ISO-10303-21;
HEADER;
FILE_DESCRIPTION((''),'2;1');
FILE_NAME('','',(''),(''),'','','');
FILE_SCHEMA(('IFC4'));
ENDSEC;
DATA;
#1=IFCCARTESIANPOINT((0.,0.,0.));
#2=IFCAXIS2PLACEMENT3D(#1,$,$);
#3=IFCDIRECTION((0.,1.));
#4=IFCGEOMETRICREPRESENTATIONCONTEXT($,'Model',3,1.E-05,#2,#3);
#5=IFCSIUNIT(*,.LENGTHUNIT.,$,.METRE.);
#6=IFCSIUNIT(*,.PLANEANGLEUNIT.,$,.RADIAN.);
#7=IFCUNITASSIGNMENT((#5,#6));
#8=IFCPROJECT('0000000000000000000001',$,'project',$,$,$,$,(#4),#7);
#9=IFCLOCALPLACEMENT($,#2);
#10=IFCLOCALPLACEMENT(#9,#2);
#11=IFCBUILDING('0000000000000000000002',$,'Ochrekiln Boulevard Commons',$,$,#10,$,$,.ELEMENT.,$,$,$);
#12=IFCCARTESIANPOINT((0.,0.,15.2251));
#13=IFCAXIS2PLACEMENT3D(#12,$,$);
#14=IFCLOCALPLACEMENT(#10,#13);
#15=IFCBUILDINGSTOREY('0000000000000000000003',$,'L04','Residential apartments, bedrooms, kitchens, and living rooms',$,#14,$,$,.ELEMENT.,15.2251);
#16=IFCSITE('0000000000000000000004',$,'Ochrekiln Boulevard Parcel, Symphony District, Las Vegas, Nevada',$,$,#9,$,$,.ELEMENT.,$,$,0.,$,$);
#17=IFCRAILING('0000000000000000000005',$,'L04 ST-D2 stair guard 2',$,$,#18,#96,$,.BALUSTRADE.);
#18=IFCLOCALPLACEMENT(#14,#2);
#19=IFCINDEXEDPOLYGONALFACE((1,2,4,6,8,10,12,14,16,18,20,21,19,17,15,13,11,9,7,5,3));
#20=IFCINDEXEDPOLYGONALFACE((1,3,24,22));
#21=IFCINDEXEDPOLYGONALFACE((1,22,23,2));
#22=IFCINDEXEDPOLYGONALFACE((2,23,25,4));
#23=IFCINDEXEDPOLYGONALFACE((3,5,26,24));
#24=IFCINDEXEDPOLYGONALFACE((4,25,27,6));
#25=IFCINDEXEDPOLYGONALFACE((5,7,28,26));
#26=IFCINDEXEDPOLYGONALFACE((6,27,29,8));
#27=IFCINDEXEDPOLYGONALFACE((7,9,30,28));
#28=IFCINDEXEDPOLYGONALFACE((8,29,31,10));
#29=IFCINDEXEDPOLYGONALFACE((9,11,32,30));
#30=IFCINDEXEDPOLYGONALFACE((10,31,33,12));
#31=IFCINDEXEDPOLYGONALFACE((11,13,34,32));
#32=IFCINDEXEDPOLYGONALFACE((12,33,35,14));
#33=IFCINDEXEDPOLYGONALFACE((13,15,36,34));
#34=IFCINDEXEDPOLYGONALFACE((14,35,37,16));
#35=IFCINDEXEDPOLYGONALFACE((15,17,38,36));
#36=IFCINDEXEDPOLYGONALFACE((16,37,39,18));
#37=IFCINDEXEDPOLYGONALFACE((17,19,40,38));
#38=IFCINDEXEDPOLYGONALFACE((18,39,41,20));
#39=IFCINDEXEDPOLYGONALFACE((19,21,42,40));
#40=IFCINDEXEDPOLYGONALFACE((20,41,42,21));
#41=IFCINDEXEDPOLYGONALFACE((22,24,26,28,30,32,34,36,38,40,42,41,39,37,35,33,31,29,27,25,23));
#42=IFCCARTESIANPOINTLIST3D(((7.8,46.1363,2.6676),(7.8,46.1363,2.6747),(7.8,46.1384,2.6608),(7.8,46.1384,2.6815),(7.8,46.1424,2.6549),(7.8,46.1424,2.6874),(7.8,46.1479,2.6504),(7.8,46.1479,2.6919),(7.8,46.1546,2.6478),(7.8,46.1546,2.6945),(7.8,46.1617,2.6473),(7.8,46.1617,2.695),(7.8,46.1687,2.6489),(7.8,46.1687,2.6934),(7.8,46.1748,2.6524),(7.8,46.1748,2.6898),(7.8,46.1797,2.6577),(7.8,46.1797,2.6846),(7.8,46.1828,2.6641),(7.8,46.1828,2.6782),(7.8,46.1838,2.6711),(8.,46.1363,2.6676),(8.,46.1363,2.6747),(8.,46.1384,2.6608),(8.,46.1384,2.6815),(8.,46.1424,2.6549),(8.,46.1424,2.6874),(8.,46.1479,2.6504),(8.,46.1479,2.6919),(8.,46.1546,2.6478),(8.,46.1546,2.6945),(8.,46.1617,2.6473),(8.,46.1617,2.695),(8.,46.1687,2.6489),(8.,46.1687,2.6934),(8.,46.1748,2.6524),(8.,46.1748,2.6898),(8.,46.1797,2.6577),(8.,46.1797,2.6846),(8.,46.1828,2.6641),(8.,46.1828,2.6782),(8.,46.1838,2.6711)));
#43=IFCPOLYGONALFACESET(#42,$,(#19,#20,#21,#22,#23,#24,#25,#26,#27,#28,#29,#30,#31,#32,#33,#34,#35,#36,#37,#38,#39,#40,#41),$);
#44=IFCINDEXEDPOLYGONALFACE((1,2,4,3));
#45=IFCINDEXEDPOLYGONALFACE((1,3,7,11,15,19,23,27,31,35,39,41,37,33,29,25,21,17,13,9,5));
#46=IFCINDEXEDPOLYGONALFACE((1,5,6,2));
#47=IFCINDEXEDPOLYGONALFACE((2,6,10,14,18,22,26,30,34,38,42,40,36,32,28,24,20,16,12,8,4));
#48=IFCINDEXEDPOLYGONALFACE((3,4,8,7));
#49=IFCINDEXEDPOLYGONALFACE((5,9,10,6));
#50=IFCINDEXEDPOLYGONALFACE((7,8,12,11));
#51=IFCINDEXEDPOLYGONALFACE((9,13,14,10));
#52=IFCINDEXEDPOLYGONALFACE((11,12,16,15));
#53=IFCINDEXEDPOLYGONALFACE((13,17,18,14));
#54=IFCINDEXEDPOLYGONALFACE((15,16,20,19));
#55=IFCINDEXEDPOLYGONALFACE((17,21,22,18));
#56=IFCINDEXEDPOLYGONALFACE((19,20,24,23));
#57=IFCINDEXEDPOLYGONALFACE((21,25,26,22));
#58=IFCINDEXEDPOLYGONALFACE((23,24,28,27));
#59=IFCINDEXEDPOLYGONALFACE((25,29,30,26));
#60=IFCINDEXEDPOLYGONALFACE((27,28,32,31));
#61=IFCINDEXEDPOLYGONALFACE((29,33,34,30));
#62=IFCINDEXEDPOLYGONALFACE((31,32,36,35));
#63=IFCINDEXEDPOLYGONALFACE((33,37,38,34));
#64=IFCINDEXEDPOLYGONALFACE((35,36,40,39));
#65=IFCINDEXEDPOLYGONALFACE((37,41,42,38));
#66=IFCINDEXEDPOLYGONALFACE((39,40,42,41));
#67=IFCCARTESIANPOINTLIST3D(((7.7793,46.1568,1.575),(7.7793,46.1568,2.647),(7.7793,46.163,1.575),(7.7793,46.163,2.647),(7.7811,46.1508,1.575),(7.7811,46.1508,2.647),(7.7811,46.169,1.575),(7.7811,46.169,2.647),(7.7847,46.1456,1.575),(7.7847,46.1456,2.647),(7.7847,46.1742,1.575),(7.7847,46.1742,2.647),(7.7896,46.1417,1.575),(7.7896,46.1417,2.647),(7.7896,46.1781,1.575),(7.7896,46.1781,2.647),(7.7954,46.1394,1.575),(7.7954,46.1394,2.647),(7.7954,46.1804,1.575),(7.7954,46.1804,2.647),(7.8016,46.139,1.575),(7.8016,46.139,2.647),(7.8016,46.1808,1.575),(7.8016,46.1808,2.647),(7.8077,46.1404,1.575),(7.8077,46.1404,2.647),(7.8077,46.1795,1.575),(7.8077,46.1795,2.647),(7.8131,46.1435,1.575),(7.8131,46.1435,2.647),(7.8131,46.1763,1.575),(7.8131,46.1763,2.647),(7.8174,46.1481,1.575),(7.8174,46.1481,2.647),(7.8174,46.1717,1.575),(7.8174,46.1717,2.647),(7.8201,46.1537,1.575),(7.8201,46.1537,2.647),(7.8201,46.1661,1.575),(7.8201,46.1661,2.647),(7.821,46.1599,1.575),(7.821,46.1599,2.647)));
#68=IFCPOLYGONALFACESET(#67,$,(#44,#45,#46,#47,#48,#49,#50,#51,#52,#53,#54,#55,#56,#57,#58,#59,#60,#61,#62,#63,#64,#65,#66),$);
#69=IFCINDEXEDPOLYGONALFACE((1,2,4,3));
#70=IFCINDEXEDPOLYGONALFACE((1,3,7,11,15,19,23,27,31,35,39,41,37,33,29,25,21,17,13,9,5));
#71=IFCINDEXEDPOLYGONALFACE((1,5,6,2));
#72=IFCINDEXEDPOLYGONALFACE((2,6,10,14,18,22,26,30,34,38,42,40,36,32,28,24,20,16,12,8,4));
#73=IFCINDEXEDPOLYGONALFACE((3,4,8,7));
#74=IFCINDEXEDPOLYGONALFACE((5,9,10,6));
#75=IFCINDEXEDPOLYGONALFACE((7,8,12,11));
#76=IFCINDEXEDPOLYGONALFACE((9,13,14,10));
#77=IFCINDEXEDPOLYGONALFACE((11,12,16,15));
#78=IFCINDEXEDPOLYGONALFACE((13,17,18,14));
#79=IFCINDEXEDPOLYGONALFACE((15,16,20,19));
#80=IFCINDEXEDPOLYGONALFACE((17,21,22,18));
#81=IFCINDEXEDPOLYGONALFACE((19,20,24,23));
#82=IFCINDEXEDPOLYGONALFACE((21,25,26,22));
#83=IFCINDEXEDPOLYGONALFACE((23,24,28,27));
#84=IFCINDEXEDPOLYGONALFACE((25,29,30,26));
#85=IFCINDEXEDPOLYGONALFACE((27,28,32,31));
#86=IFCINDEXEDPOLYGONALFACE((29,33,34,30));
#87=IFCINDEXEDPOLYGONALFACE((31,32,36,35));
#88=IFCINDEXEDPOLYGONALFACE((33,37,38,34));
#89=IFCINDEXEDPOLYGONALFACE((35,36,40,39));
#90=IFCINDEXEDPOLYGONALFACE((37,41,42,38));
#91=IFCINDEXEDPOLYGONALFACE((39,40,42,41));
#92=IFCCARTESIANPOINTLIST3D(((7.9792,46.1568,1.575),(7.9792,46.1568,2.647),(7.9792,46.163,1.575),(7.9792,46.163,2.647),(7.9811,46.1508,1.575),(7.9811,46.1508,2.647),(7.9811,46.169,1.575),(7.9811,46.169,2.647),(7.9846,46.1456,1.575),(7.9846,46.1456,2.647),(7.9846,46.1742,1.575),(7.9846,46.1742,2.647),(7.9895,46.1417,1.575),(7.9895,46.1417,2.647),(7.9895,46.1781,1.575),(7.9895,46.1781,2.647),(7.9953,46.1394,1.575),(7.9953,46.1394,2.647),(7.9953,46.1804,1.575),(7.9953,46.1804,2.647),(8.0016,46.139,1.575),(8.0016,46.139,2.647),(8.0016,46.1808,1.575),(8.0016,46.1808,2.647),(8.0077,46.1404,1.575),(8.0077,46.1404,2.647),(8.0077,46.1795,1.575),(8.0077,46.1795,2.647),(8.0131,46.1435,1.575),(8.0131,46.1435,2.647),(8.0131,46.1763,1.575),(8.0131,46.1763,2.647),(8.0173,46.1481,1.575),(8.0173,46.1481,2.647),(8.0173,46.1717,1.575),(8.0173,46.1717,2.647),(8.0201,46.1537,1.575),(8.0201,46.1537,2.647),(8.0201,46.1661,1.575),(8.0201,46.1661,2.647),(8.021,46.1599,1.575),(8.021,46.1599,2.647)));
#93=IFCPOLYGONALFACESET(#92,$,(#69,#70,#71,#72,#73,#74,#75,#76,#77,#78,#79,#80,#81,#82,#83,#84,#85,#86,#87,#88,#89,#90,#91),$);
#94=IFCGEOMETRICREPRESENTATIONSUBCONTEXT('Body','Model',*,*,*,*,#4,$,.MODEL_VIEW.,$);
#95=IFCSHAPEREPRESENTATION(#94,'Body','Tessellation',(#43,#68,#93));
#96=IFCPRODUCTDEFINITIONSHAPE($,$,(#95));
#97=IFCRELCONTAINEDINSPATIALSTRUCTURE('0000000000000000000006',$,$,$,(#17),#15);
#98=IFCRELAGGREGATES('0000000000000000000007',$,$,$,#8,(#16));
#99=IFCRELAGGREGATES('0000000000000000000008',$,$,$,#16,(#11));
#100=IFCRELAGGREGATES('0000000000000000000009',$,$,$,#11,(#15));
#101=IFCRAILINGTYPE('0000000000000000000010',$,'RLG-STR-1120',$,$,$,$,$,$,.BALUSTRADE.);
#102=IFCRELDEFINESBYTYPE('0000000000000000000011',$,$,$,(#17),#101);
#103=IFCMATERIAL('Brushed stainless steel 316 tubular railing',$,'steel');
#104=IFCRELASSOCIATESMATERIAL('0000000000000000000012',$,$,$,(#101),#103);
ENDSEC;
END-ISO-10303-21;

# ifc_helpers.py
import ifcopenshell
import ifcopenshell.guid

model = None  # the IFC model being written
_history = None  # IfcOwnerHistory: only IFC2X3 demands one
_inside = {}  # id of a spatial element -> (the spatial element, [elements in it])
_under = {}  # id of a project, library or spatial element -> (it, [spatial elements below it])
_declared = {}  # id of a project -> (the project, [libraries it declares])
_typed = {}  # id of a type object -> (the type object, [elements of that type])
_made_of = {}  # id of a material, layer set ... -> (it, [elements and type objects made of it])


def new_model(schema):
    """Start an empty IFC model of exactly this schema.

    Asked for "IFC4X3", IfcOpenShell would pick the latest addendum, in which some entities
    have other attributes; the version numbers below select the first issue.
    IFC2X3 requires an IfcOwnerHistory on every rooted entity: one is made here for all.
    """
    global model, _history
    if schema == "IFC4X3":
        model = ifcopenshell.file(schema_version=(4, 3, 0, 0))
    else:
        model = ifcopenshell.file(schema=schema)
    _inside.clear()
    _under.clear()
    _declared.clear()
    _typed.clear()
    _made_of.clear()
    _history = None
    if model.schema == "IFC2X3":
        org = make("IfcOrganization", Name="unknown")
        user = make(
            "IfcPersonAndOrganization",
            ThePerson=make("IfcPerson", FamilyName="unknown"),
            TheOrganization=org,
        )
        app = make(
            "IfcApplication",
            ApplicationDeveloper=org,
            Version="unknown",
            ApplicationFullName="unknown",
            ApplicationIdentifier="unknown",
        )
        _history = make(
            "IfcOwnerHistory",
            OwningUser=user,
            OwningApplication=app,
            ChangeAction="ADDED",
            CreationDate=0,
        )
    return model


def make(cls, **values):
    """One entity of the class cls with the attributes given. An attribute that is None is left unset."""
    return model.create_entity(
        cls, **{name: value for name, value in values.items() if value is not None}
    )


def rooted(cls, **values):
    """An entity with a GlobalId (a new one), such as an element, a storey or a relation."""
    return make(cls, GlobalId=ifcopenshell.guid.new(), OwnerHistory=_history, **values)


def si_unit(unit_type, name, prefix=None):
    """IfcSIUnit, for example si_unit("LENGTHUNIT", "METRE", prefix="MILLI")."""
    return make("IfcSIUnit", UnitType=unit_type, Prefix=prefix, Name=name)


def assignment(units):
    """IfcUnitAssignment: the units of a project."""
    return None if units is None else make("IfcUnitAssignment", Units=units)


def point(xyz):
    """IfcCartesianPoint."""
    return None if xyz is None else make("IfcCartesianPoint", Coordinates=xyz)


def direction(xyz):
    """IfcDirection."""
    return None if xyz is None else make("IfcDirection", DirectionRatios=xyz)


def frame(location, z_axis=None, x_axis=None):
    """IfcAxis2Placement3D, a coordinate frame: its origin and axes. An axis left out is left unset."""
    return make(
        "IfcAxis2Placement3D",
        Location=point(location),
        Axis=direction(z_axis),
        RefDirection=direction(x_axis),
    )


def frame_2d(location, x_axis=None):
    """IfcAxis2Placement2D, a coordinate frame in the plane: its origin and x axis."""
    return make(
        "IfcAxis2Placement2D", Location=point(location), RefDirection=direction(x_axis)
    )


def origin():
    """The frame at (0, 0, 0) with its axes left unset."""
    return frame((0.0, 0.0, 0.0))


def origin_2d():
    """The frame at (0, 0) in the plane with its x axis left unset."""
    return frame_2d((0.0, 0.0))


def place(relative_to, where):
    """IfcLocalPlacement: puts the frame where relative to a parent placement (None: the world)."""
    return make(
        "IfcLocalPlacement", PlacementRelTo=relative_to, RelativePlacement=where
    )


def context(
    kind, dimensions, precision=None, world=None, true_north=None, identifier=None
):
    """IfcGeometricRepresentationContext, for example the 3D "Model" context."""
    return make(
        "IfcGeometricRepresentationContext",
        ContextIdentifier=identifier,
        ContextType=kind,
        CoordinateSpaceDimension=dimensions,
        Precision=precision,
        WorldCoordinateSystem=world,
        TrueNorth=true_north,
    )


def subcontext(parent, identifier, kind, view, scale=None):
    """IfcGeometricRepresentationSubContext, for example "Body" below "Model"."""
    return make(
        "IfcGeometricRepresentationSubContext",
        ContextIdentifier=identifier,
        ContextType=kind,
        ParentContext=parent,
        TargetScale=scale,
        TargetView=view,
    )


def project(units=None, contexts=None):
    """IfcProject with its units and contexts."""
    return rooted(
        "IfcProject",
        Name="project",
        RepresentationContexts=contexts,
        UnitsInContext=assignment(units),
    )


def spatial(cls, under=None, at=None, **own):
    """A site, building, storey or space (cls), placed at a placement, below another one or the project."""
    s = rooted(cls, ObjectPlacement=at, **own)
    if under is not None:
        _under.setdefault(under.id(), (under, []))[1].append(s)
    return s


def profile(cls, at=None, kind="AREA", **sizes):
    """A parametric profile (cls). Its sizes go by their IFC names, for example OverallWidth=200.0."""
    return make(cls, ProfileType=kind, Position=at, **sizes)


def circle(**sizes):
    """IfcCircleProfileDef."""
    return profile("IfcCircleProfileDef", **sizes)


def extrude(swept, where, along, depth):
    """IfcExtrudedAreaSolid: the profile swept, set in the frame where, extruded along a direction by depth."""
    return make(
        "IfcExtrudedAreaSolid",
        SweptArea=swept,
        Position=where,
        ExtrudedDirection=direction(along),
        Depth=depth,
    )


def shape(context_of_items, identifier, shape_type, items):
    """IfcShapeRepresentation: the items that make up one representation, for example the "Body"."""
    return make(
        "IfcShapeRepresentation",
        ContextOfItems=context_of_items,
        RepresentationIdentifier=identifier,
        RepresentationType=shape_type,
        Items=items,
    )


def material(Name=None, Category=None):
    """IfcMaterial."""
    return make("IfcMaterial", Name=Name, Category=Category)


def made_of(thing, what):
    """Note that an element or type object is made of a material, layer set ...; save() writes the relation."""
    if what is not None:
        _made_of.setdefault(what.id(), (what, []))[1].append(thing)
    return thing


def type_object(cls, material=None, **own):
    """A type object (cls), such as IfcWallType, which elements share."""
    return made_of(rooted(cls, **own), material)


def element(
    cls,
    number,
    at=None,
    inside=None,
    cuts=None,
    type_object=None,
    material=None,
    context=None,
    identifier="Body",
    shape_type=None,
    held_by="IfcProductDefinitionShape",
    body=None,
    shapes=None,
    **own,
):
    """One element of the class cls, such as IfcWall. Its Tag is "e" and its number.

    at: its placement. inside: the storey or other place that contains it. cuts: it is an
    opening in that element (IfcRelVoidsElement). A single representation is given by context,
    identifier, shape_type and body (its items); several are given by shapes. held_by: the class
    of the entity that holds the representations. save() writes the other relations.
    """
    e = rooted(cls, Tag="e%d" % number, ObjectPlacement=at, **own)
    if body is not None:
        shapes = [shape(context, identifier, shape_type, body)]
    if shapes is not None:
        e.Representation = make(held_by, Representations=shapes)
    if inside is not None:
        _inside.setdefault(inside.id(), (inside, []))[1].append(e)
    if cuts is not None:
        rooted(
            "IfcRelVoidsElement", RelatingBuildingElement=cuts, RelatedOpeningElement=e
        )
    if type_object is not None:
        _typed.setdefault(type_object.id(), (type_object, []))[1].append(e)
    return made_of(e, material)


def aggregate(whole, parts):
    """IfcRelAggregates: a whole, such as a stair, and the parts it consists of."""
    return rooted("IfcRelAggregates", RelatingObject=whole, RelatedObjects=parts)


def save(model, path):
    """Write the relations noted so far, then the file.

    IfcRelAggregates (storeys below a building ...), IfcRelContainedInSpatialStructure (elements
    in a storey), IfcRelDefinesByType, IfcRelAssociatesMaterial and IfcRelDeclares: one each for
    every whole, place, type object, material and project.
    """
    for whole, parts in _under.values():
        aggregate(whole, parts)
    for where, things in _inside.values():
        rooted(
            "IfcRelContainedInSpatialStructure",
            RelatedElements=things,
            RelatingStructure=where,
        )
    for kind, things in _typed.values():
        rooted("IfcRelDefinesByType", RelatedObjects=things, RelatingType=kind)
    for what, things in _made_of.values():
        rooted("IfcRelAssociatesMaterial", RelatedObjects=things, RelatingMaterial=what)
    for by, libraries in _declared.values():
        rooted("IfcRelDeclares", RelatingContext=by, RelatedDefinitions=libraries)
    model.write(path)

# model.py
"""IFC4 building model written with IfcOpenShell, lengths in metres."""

from ifc_helpers import new_model, si_unit, direction, frame, origin, origin_2d, place, context, subcontext, project, spatial, circle, extrude, material, type_object, element, save


model = new_model("IFC4")

# Units and contexts
model_context = context("Model", 3, precision=1e-05, world=origin(), true_north=direction((0.0, 1.0)))
body_context = subcontext(model_context, "Body", "Model", "MODEL_VIEW")
ifc_project = project(units=[si_unit("LENGTHUNIT", "METRE"), si_unit("PLANEANGLEUNIT", "RADIAN")], contexts=[model_context])

# Site, building, storey
site_placement = place(None, origin())
site = spatial("IfcSite", under=ifc_project, at=site_placement, Name="Ochrekiln Boulevard Parcel, Symphony District, Las Vegas, Nevada", CompositionType="ELEMENT", RefElevation=0.0)
building_placement = place(site_placement, origin())
building = spatial("IfcBuilding", under=site, at=building_placement, Name="Ochrekiln Boulevard Commons", CompositionType="ELEMENT")
storey_placement = place(building_placement, frame((0.0, 0.0, 15.2251)))
storey = spatial("IfcBuildingStorey", under=building, at=storey_placement, Name="L04", Description="Residential apartments, bedrooms, kitchens, and living rooms", CompositionType="ELEMENT", Elevation=15.2251)

# Railing
ifc_material_1 = material(Name="Brushed stainless steel 316 tubular railing", Category="steel")
railing_type_1 = type_object("IfcRailingType", Name="RLG-STR-1120", PredefinedType="BALUSTRADE", material=ifc_material_1)
railing_1_placement = place(storey_placement, frame((7.8, 46.1599, 1.575)))
element("IfcRailing", 1, at=railing_1_placement, inside=storey, type_object=railing_type_1, Name="L04 ST-D2 stair guard 2", PredefinedType="BALUSTRADE", context=body_context, shape_type="SweptSolid", body=[
    extrude(circle(Radius=0.0239, at=origin_2d()), frame((0.0, 0.0, 1.0962), z_axis=(1.0, 0.0, 0.0), x_axis=(0.0, 1.0, 0.0)), (0.0, 0.0, 1.0), 0.2),
    extrude(circle(Radius=0.021, at=origin_2d()), origin(), (0.0, 0.0, 1.0), 1.072),
    extrude(circle(Radius=0.021, at=origin_2d()), frame((0.2, 0.0, 0.0)), (0.0, 0.0, 1.0), 1.072),
])

save(model, "model.ifc")
